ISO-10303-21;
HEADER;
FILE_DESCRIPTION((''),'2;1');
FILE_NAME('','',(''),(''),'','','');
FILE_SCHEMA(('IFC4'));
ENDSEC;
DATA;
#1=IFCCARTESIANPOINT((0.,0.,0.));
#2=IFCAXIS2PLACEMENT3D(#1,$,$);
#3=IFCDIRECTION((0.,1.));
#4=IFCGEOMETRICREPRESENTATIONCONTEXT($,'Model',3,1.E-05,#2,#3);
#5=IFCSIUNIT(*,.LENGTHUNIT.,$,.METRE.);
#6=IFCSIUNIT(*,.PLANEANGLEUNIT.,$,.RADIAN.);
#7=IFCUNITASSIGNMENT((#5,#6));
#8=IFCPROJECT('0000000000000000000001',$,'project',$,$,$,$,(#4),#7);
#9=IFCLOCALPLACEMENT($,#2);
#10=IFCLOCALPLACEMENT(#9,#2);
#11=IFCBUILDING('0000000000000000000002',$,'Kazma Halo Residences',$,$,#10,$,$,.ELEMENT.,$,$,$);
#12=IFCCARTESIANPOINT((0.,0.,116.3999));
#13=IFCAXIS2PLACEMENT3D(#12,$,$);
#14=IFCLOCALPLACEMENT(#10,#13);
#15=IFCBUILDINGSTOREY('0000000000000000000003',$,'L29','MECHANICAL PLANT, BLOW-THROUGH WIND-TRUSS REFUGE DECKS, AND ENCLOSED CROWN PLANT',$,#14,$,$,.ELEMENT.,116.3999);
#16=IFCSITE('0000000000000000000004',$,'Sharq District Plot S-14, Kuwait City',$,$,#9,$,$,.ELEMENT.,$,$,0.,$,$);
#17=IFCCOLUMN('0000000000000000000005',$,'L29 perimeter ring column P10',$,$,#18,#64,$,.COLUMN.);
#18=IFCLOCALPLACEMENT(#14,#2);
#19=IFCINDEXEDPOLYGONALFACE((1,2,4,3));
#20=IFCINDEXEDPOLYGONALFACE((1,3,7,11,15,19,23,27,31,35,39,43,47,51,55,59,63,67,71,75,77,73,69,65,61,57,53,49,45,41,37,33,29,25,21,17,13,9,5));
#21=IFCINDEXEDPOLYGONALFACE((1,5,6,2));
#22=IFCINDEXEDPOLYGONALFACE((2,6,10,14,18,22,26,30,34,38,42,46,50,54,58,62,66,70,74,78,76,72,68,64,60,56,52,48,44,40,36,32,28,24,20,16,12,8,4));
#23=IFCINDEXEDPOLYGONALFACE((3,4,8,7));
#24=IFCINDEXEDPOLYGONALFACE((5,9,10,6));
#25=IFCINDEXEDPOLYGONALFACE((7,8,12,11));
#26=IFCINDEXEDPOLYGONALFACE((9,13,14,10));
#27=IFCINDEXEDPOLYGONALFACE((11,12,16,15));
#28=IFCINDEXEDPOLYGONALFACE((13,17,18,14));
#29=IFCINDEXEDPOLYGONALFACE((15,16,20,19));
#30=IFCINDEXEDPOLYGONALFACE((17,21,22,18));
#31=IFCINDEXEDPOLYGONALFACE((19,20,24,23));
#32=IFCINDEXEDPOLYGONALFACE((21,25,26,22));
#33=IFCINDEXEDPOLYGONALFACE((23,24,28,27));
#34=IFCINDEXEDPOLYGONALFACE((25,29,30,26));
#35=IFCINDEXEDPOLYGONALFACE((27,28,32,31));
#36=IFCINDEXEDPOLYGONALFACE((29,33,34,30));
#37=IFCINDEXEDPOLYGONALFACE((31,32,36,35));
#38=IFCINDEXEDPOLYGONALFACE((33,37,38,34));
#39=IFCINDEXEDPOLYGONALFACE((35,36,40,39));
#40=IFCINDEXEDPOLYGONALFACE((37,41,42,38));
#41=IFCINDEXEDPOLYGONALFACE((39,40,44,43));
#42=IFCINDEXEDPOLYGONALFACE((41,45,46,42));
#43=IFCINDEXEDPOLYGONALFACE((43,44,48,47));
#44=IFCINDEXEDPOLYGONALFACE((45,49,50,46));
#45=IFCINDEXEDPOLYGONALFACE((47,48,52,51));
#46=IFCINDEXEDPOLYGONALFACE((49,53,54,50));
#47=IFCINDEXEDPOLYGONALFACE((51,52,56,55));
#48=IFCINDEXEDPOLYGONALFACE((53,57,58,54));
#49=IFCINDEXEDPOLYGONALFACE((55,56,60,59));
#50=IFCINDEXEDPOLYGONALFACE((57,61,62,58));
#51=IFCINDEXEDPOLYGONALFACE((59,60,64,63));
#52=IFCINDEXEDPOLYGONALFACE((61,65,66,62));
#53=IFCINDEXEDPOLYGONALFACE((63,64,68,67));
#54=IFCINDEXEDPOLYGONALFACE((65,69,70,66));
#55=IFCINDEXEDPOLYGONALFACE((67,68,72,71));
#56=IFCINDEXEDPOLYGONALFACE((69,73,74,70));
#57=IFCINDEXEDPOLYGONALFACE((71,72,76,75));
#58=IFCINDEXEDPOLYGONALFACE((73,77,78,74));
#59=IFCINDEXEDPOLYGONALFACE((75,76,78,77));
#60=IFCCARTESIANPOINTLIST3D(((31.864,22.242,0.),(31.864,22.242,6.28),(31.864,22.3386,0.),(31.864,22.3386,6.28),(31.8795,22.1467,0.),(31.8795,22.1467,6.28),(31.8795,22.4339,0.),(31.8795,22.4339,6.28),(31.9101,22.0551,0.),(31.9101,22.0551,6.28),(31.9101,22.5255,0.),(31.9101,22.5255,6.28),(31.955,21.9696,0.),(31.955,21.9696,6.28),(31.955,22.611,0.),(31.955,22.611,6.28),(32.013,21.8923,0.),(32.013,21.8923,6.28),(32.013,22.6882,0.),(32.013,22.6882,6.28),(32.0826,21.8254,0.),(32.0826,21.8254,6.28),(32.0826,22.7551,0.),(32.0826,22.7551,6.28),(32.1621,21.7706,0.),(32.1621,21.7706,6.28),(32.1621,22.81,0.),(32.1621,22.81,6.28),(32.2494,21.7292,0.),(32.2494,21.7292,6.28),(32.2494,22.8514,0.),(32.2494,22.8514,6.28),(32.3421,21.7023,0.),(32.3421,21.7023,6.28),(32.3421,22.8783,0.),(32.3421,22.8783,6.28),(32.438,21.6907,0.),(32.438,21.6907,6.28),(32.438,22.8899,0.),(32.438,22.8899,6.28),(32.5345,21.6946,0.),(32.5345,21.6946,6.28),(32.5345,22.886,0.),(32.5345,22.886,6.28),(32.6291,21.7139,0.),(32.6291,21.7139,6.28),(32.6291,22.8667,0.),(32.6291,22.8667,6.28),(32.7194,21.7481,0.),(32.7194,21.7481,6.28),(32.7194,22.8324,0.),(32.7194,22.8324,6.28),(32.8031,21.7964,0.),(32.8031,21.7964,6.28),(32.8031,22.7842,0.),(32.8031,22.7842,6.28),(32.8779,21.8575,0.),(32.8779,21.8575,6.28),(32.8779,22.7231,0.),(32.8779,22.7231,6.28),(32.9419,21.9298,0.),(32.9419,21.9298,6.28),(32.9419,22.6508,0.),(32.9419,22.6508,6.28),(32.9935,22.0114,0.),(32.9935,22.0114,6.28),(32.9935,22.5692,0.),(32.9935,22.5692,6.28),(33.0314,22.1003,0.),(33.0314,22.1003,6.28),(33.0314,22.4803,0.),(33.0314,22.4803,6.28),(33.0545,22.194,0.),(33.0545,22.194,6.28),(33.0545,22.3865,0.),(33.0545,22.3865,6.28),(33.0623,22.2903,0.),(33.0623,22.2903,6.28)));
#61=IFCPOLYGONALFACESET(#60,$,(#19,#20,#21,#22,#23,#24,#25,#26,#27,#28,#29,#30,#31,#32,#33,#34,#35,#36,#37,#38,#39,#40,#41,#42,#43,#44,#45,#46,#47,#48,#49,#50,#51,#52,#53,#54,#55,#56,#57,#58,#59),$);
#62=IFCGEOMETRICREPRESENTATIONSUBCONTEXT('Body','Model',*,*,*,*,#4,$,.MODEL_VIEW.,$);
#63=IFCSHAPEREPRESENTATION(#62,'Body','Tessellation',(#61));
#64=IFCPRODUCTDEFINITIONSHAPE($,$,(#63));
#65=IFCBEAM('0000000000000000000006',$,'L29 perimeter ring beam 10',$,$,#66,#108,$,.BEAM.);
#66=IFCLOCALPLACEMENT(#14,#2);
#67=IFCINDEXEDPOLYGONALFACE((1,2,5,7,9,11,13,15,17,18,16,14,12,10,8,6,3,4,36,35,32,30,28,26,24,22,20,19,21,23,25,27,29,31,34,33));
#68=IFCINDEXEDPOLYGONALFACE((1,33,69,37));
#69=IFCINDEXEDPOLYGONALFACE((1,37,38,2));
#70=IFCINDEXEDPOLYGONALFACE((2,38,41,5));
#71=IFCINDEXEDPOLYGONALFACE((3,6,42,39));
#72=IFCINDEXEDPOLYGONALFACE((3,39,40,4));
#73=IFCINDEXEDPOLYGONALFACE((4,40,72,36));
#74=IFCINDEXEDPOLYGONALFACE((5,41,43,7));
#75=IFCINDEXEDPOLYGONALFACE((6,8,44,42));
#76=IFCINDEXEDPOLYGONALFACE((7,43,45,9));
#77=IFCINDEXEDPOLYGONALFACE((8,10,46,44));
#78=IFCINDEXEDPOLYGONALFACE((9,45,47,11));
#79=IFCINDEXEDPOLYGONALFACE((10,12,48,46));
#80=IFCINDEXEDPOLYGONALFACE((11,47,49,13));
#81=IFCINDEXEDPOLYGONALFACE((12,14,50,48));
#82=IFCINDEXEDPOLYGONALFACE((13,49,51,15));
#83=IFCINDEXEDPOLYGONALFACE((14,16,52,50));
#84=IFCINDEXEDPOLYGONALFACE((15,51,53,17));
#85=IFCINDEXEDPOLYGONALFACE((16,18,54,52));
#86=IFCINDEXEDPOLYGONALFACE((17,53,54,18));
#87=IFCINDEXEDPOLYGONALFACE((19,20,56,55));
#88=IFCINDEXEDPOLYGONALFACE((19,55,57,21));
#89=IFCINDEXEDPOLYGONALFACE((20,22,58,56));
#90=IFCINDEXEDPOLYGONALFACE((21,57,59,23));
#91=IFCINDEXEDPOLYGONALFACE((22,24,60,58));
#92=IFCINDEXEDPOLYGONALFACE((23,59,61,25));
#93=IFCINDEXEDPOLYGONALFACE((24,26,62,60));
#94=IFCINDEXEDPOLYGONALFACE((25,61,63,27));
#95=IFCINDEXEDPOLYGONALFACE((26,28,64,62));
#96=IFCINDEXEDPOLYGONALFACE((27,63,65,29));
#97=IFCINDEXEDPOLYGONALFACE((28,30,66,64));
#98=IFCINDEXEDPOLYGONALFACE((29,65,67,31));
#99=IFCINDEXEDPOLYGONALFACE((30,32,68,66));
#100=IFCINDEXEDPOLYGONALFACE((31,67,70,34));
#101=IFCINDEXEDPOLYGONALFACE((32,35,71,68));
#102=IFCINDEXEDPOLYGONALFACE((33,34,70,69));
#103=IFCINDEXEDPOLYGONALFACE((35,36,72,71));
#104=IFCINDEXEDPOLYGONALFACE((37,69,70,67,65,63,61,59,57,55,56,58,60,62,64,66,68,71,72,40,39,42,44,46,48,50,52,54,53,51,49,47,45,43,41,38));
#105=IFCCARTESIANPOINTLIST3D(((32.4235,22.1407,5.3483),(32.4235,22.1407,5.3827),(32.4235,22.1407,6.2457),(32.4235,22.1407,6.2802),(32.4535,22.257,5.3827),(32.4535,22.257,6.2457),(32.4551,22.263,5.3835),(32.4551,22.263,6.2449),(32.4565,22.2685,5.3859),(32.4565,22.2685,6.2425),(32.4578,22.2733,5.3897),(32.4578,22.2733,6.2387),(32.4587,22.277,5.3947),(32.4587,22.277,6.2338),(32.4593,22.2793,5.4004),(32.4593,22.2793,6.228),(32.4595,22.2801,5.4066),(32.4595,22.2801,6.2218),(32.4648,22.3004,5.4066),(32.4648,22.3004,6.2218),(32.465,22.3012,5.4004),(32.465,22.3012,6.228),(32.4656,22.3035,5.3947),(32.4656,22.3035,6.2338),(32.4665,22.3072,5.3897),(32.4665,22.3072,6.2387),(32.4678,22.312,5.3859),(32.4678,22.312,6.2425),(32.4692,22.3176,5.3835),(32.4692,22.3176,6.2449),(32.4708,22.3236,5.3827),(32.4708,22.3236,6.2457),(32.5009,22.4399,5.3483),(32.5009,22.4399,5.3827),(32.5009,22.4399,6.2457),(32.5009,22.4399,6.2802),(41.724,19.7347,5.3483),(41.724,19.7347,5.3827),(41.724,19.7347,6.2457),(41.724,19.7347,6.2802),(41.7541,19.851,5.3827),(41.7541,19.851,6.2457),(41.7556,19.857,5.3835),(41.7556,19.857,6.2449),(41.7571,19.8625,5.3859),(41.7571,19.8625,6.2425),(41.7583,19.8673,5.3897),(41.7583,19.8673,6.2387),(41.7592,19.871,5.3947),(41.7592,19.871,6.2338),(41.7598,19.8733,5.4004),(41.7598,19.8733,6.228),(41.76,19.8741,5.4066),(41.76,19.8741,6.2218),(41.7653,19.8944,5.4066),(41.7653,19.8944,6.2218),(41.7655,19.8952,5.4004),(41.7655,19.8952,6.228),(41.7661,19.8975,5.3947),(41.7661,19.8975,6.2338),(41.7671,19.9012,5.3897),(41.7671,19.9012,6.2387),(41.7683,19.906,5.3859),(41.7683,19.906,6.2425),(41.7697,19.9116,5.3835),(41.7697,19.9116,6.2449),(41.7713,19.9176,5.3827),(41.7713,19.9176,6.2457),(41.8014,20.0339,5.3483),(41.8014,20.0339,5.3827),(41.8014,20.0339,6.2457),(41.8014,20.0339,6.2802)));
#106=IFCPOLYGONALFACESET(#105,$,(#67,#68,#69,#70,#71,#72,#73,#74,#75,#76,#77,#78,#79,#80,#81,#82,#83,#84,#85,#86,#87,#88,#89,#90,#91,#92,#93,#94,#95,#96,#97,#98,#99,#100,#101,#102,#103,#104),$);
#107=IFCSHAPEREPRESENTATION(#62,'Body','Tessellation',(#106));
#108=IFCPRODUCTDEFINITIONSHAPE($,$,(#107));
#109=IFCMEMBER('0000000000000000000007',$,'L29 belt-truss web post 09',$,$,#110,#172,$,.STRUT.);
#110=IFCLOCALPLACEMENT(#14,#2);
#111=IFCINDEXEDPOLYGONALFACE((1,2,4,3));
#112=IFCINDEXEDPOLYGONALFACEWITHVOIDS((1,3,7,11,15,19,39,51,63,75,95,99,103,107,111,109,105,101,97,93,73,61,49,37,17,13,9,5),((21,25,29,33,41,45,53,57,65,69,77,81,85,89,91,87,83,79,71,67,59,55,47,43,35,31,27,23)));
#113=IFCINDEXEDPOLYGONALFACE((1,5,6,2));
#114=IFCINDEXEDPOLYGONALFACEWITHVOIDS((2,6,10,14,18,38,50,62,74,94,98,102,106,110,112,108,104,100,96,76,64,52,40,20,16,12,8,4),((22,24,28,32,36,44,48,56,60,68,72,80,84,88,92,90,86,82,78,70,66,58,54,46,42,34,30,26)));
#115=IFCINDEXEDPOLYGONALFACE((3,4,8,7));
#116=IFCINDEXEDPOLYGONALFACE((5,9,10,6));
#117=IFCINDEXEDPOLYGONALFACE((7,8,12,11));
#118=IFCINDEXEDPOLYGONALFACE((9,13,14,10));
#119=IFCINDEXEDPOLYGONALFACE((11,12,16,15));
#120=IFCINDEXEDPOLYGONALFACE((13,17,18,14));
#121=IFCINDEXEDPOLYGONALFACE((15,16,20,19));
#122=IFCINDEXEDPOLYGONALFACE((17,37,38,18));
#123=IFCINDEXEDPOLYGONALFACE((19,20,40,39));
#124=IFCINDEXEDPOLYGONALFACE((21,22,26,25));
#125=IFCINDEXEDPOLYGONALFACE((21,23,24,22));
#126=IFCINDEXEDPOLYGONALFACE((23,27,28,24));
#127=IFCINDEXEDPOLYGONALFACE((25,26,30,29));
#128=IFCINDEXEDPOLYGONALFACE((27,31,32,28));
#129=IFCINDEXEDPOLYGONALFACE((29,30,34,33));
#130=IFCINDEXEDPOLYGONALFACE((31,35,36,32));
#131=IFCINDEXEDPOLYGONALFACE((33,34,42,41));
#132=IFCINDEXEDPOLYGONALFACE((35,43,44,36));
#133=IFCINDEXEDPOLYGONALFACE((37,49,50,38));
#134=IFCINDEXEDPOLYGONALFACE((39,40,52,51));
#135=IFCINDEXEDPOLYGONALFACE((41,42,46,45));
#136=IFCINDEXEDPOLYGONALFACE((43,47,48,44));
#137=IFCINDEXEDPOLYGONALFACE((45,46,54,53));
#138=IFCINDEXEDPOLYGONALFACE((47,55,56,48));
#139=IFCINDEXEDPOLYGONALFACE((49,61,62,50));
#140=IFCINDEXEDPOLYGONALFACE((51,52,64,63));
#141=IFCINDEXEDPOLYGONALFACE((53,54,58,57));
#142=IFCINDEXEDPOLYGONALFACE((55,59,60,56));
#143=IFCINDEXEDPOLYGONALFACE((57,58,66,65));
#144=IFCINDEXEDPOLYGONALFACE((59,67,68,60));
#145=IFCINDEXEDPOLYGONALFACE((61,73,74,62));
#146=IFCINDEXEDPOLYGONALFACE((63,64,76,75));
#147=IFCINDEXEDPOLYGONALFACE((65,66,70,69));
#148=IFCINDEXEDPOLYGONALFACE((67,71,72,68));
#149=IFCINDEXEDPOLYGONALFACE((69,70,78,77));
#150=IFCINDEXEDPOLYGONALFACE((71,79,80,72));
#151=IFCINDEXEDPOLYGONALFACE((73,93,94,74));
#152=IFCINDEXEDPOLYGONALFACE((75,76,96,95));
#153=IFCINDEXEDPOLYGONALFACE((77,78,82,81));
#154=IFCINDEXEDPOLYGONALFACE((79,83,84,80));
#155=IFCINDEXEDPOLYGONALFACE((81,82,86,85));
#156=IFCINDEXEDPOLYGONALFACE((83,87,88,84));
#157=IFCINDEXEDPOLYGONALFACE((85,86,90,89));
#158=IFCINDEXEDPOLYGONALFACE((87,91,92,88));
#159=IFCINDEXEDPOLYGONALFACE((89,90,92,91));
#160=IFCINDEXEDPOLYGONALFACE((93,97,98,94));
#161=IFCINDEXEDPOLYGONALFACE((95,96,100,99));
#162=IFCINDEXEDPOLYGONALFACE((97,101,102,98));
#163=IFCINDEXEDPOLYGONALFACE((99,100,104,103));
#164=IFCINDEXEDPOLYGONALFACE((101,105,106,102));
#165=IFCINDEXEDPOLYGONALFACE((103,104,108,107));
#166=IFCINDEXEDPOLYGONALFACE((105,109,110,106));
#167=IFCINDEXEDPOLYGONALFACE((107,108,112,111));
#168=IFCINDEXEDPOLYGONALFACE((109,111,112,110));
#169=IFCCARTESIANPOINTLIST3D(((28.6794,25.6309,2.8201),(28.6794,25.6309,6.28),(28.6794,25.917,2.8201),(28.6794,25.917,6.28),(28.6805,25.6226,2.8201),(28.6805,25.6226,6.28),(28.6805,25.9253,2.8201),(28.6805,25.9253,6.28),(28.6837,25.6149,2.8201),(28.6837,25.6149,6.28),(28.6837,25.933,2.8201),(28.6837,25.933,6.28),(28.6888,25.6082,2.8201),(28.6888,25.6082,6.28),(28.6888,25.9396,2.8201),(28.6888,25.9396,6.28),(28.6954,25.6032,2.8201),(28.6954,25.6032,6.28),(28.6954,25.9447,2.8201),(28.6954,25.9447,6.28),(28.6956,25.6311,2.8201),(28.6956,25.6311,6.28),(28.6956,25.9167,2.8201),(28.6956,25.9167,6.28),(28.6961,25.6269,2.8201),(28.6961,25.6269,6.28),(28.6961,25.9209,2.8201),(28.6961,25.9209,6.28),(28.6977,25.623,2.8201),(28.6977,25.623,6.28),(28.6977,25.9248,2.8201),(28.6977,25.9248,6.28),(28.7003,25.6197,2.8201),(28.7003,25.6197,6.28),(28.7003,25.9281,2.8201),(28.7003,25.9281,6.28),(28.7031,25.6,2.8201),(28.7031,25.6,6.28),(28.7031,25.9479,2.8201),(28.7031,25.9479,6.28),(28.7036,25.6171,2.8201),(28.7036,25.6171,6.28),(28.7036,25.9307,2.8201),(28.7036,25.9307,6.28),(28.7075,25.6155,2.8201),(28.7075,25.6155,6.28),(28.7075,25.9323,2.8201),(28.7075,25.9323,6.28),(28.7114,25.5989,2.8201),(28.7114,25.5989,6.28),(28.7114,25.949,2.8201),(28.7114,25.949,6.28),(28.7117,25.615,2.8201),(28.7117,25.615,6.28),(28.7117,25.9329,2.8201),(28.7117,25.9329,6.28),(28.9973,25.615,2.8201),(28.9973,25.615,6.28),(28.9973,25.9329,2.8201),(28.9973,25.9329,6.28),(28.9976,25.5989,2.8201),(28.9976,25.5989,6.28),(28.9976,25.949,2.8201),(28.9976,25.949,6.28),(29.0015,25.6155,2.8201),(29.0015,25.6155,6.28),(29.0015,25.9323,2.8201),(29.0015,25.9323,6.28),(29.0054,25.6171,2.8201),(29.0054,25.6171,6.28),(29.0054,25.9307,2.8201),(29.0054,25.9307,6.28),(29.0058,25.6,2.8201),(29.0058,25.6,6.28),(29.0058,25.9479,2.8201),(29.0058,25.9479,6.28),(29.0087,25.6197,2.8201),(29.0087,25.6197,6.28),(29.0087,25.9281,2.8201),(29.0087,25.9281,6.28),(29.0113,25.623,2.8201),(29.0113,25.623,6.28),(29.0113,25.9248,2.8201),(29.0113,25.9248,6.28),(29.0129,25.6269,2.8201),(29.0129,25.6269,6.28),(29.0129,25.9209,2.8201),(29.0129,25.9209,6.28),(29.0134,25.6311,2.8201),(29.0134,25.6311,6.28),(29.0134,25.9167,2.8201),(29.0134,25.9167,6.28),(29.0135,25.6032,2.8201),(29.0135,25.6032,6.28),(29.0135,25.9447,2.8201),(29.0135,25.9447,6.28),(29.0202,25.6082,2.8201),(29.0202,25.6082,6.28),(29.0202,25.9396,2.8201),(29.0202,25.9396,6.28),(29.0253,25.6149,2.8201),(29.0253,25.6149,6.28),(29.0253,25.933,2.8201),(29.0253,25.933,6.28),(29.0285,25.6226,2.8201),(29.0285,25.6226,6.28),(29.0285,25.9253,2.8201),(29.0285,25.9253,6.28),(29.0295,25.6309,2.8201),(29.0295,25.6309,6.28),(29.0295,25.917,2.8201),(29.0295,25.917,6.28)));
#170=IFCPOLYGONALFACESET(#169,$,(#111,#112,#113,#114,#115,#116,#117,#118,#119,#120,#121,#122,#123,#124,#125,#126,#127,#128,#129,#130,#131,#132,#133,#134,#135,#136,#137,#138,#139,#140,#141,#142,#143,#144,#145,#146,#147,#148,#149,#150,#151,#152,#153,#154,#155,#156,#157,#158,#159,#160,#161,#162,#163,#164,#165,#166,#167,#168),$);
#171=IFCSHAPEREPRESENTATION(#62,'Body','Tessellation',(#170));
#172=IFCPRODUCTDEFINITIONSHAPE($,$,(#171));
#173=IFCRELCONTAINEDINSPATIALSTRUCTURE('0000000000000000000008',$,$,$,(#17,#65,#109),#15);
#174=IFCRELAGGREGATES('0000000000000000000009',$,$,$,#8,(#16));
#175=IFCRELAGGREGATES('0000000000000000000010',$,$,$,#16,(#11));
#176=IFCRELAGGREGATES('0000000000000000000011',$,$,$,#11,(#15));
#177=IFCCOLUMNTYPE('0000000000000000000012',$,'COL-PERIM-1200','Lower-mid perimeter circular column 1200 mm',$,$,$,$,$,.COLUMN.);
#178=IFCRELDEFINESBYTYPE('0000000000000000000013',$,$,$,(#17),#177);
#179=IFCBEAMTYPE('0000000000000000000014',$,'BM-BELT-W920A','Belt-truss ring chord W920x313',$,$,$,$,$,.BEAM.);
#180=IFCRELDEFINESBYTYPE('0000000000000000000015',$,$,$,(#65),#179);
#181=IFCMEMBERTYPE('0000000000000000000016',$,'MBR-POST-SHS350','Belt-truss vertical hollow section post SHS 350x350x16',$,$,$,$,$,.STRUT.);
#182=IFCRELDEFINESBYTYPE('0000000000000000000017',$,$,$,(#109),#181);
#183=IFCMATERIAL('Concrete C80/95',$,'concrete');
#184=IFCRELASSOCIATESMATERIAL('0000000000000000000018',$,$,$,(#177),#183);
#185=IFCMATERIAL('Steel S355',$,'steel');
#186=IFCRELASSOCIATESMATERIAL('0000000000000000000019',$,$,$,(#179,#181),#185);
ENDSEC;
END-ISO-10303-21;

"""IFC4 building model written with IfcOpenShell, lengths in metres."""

from ifc_helpers import new_model, si_unit, direction, frame, origin, origin_2d, place, context, subcontext, project, spatial, hollow_rectangle, circle, i_section, extrude, material, material_profile, profile_set, type_object, element, save


model = new_model("IFC4")

# Units and contexts
model_context = context("Model", 3, precision=1e-05, world=origin(), true_north=direction((0.0, 1.0)))
body_context = subcontext(model_context, "Body", "Model", "MODEL_VIEW")
ifc_project = project(units=[si_unit("LENGTHUNIT", "METRE"), si_unit("PLANEANGLEUNIT", "RADIAN")], contexts=[model_context])

# Site, building, storey
site_placement = place(None, origin())
site = spatial("IfcSite", under=ifc_project, at=site_placement, Name="Sharq District Plot S-14, Kuwait City", CompositionType="ELEMENT", RefElevation=0.0)
building_placement = place(site_placement, origin())
building = spatial("IfcBuilding", under=site, at=building_placement, Name="Kazma Halo Residences", CompositionType="ELEMENT")
storey_placement = place(building_placement, frame((0.0, 0.0, 116.3999)))
storey = spatial("IfcBuildingStorey", under=building, at=storey_placement, Name="L29", Description="MECHANICAL PLANT, BLOW-THROUGH WIND-TRUSS REFUGE DECKS, AND ENCLOSED CROWN PLANT", CompositionType="ELEMENT", Elevation=116.3999)

# Column
ifc_material_1 = material(Name="Concrete C80/95", Category="concrete")
ifc_material_profile_1 = material_profile(ifc_material_1, circle(Radius=0.6001, at=origin_2d()), Name="CIRC1200")
ifc_profile_set_1 = profile_set([ifc_material_profile_1], Name="Concrete C80/95")
column_type = type_object("IfcColumnType", Name="COL-PERIM-1200", Description="Lower-mid perimeter circular column 1200 mm", PredefinedType="COLUMN", material=ifc_profile_set_1)
column_placement = place(storey_placement, frame((32.4622, 22.2903, 0.0), z_axis=(0.0, 0.0, 1.0), x_axis=(1.0, 0.0, 0.0)))
element("IfcColumn", 1, at=column_placement, inside=storey, type_object=column_type, Name="L29 perimeter ring column P10", PredefinedType="COLUMN", context=body_context, shape_type="SweptSolid", body=[
    extrude(circle(Radius=0.6001, at=origin_2d()), origin(), (0.0, 0.0, 1.0), 6.28),
])

# Beam
ifc_material_2 = material(Name="Steel S355", Category="steel")
ifc_material_profile_2 = material_profile(ifc_material_2, i_section(OverallWidth=0.3091, OverallDepth=0.9319, WebThickness=0.021, FlangeThickness=0.0344, FilletRadius=0.0239, at=origin_2d()), Name="W920x313")
ifc_profile_set_2 = profile_set([ifc_material_profile_2], Name="Steel S355")
beam_type = type_object("IfcBeamType", Name="BM-BELT-W920A", Description="Belt-truss ring chord W920x313", PredefinedType="BEAM", material=ifc_profile_set_2)
beam_placement = place(storey_placement, frame((32.4622, 22.2903, 5.8142), z_axis=(0.968129, -0.250451, 0.0), x_axis=(0.250451, 0.968129, 0.0)))
element("IfcBeam", 2, at=beam_placement, inside=storey, type_object=beam_type, Name="L29 perimeter ring beam 10", PredefinedType="BEAM", context=body_context, shape_type="SweptSolid", body=[
    extrude(i_section(OverallWidth=0.3091, OverallDepth=0.9319, WebThickness=0.021, FlangeThickness=0.0344, FilletRadius=0.0239, at=origin_2d()), origin(), (0.0, 0.0, 1.0), 9.6067),
])

# Member
ifc_material_profile_3 = material_profile(ifc_material_2, hollow_rectangle(XDim=0.3501, YDim=0.3501, WallThickness=0.0161, InnerFilletRadius=0.0161, OuterFilletRadius=0.032, at=origin_2d()), Name="SHS350x350x16")
ifc_profile_set_3 = profile_set([ifc_material_profile_3], Name="Steel S355")
member_type_1 = type_object("IfcMemberType", Name="MBR-POST-SHS350", Description="Belt-truss vertical hollow section post SHS 350x350x16", PredefinedType="STRUT", material=ifc_profile_set_3)
for number, where, z_axis, x_axis, name in (
    (3, (28.8545, 25.7739, 2.8201), (0.0, 0.0, 1.0), (1.0, 0.0, 0.0), "L29 belt-truss web post 09"),
):
    element("IfcMember", number, at=place(storey_placement, frame(where, z_axis=z_axis, x_axis=x_axis)), inside=storey, type_object=member_type_1, Name=name, PredefinedType="STRUT", context=body_context, shape_type="SweptSolid", body=[
        extrude(hollow_rectangle(XDim=0.3501, YDim=0.3501, WallThickness=0.0161, InnerFilletRadius=0.0161, OuterFilletRadius=0.032, at=origin_2d()), origin(), (0.0, 0.0, 1.0), 3.46),
    ])

save(model, "model.ifc")
